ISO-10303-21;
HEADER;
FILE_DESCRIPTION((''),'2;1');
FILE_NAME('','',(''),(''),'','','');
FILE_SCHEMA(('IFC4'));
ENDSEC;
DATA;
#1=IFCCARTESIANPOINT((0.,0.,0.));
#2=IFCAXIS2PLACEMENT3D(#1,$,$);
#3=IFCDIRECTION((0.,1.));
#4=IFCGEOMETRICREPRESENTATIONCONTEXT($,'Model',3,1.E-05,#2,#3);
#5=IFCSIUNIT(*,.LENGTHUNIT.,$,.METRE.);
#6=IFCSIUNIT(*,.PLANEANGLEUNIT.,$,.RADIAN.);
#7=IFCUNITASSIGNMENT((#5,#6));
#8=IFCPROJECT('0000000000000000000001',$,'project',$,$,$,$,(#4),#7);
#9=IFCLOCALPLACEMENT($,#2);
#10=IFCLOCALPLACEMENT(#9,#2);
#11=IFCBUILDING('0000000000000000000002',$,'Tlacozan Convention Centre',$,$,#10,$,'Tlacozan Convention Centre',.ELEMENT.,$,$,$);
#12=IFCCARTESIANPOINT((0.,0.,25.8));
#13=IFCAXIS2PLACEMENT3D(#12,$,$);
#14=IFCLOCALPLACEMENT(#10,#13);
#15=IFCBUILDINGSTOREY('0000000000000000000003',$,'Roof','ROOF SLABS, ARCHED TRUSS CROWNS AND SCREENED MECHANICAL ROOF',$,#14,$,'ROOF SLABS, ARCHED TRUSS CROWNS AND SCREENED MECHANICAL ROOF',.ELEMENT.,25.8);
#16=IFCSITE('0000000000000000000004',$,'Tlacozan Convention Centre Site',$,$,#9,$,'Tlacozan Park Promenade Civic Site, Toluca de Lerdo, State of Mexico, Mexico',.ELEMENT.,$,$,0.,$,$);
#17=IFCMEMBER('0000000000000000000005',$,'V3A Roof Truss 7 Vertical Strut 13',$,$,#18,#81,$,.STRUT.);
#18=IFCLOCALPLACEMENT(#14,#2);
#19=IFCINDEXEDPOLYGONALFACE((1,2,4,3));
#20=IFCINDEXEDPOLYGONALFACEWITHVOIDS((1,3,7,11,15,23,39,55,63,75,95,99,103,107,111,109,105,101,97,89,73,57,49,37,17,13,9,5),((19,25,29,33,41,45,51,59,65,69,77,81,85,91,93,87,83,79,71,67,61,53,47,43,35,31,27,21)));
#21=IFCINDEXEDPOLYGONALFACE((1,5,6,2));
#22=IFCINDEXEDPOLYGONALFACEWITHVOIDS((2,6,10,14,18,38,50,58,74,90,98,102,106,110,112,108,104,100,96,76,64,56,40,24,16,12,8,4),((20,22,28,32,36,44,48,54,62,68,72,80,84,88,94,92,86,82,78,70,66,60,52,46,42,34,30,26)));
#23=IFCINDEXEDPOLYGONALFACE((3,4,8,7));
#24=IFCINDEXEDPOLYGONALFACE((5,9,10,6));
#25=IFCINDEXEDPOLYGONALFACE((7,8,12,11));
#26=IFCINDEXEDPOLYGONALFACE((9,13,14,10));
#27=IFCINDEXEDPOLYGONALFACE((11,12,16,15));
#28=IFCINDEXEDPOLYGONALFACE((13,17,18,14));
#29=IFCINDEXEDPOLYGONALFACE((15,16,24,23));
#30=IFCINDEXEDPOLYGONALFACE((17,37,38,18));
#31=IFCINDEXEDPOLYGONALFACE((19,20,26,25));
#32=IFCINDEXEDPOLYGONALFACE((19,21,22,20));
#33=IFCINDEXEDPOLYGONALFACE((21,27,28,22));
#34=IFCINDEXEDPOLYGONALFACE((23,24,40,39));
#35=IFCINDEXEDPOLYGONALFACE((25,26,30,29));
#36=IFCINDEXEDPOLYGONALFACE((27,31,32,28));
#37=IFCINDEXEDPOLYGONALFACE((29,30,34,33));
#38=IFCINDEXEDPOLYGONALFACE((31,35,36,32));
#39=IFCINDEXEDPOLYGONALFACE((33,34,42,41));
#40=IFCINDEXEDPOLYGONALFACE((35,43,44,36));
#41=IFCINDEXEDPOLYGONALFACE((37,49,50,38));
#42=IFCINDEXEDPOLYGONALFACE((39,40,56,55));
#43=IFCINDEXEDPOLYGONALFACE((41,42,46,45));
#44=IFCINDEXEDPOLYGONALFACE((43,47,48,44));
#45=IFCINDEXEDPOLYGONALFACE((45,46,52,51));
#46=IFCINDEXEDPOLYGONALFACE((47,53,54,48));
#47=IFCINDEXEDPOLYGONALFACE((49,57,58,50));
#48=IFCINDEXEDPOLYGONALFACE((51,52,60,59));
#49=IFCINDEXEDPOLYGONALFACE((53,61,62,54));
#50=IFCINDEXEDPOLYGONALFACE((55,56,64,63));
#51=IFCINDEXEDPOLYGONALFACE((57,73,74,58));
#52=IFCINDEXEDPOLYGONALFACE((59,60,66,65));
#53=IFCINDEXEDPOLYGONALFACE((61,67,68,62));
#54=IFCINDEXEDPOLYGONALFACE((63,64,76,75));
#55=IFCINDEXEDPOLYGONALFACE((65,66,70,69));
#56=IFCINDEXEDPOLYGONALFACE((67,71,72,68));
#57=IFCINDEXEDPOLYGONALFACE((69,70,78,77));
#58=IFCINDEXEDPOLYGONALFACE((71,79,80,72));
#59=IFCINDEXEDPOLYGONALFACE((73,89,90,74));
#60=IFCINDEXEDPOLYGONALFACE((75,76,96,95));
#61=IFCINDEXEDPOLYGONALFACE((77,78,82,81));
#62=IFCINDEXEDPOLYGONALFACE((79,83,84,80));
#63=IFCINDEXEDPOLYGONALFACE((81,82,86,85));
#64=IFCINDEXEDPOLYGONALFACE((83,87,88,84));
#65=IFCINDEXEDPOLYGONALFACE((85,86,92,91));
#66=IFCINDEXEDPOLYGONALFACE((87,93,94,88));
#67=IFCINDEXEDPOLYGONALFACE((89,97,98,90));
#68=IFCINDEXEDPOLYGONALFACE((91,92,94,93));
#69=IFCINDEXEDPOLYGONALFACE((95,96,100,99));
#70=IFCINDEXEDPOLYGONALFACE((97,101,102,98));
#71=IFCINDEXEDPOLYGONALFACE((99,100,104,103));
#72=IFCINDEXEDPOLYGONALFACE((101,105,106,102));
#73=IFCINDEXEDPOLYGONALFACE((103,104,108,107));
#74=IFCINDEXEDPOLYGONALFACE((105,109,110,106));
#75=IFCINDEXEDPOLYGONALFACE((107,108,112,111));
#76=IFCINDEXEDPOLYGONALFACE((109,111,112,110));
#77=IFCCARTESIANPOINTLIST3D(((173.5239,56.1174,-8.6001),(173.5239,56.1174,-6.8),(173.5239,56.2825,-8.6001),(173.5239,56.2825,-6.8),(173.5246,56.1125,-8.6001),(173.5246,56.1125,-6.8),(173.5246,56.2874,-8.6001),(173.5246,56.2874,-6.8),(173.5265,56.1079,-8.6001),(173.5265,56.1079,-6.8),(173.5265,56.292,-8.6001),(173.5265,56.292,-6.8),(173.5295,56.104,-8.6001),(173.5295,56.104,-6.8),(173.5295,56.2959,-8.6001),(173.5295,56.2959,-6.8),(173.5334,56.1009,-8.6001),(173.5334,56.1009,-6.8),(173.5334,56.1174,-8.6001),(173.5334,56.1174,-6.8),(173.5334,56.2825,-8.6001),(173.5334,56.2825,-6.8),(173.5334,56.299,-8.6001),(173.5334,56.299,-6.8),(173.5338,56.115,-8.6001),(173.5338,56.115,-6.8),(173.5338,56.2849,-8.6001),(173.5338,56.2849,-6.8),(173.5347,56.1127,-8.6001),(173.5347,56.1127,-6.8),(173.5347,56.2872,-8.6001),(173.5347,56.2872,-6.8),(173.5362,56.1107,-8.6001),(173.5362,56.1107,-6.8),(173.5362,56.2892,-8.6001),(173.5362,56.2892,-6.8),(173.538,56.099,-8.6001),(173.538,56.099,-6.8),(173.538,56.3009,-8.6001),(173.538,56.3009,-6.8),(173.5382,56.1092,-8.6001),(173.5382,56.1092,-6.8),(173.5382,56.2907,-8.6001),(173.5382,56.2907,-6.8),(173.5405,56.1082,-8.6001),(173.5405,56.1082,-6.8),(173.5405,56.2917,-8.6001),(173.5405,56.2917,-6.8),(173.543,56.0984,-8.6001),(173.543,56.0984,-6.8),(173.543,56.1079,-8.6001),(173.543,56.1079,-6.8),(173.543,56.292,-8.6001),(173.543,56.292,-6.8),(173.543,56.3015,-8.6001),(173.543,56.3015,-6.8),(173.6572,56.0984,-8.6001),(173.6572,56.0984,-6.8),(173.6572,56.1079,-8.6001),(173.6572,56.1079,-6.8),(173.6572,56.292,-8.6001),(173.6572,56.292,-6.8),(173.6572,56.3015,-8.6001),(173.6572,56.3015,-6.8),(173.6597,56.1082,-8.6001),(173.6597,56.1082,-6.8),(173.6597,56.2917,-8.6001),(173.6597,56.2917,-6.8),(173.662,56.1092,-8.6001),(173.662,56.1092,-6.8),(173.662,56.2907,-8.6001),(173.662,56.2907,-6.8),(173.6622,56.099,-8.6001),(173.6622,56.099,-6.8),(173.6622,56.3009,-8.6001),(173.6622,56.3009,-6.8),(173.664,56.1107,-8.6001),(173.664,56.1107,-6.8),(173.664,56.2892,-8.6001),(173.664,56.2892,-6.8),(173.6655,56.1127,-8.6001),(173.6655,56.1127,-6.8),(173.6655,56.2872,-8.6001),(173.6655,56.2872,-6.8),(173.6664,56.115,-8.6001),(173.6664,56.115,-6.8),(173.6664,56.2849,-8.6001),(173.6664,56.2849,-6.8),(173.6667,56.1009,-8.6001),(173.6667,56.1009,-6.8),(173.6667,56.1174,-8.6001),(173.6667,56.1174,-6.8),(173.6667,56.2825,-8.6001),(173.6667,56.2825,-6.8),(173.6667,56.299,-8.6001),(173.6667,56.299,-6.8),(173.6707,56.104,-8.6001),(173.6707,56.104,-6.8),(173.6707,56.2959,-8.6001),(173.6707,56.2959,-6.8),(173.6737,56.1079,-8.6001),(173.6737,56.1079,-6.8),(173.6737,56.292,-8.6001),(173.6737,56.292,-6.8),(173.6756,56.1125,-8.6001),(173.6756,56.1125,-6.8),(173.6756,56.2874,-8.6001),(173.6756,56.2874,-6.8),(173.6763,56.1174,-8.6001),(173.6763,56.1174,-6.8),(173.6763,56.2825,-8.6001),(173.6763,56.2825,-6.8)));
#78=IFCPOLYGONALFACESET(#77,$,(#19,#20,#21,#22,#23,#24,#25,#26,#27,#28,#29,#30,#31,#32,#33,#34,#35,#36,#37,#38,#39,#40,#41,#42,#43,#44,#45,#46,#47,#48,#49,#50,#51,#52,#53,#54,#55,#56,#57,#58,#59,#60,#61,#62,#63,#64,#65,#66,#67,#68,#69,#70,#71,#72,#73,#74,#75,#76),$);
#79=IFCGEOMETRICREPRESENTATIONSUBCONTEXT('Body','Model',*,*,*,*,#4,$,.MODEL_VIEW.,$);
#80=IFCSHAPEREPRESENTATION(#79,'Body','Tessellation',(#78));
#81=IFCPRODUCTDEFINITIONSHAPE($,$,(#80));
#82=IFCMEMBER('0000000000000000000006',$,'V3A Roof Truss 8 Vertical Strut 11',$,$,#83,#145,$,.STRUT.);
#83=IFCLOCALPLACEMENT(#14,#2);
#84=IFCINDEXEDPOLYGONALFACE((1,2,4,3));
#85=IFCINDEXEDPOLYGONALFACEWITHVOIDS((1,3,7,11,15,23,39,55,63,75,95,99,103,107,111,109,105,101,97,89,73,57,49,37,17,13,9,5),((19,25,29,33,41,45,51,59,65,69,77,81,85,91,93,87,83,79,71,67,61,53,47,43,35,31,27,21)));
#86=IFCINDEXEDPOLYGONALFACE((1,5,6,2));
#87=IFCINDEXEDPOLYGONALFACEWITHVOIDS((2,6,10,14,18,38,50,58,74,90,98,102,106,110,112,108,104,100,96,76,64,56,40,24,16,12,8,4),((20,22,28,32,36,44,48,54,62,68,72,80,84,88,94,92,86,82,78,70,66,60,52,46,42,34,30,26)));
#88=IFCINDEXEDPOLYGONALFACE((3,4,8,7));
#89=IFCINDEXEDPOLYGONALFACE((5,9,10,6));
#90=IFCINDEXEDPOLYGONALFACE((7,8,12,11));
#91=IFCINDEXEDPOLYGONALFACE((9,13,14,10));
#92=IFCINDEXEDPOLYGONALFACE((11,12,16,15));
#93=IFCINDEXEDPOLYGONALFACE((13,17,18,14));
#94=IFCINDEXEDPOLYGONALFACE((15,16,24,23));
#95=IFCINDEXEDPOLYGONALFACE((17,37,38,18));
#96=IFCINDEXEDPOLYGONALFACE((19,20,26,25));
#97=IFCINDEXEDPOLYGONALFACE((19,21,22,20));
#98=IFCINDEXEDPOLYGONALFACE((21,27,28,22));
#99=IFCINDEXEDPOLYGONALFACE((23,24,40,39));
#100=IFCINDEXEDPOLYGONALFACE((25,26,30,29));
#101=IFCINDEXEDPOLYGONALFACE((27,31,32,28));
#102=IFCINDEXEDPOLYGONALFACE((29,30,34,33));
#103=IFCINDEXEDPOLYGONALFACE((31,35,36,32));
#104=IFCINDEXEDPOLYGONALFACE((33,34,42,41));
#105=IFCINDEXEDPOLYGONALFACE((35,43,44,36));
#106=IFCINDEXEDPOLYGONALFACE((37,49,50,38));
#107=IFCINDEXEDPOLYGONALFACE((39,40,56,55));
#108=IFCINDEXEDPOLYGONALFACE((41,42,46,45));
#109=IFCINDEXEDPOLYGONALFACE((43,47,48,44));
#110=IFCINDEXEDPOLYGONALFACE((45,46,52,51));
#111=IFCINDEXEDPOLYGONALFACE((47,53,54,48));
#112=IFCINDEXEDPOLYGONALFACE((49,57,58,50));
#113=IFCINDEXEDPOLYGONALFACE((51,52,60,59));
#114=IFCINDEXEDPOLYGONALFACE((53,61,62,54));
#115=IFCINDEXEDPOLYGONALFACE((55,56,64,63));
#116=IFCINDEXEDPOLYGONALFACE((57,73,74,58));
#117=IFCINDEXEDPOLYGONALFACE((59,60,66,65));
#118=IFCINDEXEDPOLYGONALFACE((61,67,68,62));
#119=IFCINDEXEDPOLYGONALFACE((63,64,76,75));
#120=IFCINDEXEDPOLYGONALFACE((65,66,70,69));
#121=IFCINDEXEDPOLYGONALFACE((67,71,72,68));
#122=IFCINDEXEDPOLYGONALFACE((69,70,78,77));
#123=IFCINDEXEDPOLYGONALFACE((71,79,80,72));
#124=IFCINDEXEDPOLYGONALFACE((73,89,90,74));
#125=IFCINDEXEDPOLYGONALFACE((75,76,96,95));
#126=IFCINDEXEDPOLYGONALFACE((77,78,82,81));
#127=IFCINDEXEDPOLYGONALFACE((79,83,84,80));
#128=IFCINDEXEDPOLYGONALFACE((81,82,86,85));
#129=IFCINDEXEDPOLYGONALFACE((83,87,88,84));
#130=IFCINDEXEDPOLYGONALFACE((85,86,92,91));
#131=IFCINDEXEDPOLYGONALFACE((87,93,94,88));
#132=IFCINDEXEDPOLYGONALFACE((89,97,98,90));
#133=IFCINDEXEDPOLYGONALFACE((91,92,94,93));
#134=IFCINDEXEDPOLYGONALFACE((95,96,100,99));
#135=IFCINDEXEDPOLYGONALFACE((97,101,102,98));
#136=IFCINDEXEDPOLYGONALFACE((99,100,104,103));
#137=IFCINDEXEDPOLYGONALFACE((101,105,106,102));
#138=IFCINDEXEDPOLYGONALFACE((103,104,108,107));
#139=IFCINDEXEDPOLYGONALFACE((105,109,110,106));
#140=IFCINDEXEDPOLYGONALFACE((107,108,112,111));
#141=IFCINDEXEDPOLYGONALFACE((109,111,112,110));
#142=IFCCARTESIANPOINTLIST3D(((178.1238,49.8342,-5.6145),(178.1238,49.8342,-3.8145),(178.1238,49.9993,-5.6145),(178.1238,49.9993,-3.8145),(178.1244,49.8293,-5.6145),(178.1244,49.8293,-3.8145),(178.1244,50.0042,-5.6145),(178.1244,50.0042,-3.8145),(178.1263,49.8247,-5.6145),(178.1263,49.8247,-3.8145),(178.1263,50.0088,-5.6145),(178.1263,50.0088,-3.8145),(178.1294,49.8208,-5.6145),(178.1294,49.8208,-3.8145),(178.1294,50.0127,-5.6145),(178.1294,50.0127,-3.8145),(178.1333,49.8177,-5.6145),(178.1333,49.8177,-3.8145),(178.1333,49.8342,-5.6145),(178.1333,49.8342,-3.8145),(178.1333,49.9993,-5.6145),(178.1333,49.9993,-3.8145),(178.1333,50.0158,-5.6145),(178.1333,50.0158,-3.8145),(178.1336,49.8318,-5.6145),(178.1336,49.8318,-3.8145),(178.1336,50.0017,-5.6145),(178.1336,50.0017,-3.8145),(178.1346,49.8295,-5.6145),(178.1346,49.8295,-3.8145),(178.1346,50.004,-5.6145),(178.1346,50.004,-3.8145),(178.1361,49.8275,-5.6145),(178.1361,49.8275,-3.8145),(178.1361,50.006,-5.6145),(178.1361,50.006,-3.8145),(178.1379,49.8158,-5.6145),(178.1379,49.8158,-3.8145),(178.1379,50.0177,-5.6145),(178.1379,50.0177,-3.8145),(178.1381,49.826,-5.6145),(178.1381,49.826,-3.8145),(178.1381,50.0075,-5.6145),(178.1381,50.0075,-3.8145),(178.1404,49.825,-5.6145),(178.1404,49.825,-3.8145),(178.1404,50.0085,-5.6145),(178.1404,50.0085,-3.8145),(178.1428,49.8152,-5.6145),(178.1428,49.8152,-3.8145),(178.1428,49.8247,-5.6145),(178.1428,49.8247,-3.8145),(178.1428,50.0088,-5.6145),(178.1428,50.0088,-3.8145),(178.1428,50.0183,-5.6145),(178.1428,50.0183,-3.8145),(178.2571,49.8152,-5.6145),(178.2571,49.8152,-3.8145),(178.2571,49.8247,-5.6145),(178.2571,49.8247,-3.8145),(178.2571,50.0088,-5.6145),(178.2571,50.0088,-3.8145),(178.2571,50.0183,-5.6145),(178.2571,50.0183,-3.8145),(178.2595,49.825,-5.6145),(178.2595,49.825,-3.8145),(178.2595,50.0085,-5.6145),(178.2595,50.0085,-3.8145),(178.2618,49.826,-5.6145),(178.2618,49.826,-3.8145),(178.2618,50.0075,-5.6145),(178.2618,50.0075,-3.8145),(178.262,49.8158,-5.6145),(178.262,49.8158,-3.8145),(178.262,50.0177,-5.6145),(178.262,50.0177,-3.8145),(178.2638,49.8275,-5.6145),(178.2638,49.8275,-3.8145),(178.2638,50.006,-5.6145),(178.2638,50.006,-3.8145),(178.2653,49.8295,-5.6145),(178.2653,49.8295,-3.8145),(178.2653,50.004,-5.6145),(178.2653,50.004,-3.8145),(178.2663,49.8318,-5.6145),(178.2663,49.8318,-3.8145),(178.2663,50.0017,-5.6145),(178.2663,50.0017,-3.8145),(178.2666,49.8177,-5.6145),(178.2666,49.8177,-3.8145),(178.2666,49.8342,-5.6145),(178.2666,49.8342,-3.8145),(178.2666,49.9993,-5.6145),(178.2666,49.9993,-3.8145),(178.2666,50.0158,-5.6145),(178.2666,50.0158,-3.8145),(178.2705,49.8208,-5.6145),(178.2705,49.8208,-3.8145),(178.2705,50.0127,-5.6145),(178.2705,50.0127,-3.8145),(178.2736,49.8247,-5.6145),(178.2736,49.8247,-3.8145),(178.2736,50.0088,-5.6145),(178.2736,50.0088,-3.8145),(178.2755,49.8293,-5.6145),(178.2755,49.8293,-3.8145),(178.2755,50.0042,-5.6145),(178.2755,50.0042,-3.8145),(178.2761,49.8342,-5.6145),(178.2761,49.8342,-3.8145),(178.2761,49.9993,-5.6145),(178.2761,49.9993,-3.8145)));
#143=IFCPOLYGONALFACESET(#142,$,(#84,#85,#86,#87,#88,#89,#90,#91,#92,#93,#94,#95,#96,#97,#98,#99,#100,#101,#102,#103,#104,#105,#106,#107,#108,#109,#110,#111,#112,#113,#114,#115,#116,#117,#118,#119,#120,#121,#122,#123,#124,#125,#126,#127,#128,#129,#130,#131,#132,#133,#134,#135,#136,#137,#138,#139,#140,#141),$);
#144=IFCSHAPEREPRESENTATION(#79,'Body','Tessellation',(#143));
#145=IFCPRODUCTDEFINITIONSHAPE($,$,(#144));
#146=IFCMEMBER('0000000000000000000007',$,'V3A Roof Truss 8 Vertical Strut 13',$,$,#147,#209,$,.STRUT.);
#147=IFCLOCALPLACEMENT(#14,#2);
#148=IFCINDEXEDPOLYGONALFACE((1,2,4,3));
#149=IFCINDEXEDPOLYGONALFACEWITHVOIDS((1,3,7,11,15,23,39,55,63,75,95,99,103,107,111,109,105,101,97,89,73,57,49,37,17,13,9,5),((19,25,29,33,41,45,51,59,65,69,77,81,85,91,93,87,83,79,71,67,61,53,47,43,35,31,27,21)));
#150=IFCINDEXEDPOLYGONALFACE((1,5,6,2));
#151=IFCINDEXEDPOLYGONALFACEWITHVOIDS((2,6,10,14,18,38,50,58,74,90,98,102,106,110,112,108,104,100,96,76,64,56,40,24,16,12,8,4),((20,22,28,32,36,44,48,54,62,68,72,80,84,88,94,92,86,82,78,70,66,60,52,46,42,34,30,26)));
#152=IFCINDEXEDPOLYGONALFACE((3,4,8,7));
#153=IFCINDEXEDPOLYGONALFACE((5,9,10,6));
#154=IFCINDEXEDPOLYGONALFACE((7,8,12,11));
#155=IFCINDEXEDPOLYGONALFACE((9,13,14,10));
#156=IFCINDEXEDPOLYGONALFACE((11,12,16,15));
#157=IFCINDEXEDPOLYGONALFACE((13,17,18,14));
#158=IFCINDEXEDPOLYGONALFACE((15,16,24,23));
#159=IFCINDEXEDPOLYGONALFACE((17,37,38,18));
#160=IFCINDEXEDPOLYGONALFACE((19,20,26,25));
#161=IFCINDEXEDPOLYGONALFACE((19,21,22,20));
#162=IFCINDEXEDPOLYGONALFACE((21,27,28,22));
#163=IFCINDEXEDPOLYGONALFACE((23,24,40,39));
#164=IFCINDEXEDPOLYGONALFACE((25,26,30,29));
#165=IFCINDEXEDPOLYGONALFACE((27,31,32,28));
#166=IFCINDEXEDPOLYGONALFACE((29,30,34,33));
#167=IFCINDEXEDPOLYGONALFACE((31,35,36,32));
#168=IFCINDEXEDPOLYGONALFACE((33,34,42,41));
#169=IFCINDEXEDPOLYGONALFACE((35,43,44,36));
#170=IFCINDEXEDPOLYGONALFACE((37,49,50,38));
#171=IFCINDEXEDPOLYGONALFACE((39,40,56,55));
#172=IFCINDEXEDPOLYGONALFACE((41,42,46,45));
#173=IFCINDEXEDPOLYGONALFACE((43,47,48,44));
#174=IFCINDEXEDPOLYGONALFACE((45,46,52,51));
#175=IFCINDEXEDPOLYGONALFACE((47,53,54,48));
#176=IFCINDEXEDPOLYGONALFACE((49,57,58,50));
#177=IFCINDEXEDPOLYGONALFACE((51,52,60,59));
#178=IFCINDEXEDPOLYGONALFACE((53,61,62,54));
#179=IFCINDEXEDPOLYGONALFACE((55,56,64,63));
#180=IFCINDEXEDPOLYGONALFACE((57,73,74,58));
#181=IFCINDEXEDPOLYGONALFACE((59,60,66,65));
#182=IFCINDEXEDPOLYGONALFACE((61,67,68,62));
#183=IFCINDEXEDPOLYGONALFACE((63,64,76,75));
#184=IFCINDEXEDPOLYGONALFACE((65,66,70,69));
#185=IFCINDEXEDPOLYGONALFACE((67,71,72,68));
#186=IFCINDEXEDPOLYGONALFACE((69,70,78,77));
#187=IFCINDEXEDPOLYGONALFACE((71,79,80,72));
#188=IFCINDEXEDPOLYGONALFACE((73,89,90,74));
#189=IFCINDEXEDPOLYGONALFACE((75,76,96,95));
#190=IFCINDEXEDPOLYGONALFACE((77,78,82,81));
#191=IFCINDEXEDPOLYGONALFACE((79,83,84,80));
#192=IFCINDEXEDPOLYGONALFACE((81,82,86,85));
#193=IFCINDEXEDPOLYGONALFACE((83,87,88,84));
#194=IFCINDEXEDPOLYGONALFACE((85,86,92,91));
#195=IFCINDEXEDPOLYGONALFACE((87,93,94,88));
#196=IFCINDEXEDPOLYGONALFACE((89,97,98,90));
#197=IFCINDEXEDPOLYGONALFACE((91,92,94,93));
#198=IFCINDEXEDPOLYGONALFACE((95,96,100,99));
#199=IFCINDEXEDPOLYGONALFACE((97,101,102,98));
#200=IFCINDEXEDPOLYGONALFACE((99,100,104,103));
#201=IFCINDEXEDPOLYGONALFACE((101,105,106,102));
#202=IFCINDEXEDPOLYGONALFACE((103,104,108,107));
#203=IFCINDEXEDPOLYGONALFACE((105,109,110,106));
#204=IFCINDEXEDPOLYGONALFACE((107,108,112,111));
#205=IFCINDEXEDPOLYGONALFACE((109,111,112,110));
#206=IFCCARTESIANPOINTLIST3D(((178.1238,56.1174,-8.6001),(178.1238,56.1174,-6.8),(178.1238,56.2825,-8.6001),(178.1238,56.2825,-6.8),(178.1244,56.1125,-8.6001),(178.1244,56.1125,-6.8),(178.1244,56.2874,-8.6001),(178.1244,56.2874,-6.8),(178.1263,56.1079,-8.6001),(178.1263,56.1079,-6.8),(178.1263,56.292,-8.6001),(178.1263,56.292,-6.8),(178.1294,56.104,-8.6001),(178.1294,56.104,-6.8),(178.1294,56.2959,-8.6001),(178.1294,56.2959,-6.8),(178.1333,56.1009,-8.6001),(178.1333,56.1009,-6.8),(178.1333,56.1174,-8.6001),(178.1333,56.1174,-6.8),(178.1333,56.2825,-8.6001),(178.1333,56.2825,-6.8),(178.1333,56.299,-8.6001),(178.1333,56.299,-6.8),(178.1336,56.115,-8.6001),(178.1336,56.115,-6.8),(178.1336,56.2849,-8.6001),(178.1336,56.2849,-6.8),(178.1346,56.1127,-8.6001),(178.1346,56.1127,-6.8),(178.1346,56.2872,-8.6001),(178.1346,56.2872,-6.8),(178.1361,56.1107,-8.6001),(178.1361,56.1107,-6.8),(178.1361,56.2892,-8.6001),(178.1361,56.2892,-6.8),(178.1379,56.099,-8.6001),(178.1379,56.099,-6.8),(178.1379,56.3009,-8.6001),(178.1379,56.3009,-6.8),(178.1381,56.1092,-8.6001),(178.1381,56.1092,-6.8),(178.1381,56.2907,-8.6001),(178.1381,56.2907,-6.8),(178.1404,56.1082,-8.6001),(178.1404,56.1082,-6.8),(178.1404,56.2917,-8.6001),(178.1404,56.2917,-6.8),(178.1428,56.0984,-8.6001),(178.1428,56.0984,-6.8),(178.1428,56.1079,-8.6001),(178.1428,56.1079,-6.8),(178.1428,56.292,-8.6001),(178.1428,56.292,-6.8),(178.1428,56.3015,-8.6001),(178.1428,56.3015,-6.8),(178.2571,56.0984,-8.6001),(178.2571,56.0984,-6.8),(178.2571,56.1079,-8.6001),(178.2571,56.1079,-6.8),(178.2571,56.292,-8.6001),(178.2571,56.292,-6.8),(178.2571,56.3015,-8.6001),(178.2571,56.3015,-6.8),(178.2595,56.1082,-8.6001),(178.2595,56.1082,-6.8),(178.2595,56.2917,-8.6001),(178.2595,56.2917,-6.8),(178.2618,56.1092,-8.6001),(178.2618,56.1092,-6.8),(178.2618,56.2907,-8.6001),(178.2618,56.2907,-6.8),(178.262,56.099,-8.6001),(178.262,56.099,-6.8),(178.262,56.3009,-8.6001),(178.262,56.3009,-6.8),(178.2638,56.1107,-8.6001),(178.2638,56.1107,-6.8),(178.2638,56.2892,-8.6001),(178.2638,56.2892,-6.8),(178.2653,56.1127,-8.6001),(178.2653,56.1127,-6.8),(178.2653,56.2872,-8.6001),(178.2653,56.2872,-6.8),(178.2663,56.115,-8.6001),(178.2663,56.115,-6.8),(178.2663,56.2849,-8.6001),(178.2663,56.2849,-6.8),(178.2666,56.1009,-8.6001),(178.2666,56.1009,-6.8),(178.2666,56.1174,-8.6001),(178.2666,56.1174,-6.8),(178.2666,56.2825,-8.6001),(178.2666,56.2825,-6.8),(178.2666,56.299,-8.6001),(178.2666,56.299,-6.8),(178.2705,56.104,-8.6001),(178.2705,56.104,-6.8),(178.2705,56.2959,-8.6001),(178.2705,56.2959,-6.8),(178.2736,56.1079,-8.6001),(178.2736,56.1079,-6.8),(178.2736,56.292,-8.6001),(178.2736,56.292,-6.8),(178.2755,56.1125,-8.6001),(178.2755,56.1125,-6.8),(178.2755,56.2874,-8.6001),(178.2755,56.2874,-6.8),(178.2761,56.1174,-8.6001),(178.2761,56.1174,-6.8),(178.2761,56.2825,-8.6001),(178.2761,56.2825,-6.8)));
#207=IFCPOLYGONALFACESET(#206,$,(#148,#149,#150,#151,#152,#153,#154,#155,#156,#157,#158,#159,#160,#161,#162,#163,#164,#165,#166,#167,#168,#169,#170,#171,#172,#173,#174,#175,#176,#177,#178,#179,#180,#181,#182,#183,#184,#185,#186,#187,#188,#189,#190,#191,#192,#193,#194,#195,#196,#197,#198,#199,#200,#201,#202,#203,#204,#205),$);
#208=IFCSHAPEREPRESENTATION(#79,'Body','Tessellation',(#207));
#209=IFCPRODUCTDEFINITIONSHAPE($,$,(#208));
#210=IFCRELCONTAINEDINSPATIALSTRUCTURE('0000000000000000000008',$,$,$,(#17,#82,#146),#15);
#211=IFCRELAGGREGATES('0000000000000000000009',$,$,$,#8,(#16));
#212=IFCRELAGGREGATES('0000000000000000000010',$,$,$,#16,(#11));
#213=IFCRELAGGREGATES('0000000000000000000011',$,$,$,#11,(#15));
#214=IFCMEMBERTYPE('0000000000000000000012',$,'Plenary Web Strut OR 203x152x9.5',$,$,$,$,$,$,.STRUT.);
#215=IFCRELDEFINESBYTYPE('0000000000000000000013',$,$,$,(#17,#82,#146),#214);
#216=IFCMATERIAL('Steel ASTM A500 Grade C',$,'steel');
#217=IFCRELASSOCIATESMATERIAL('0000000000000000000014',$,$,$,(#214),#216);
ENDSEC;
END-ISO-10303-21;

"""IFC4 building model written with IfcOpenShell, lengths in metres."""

from ifc_helpers import new_model, si_unit, direction, frame, origin, origin_2d, place, context, subcontext, project, spatial, hollow_rectangle, extrude, material, material_profile, profile_set, type_object, element, save


model = new_model("IFC4")

# Units and contexts
model_context = context("Model", 3, precision=1e-05, world=origin(), true_north=direction((0.0, 1.0)))
body_context = subcontext(model_context, "Body", "Model", "MODEL_VIEW")
ifc_project = project(units=[si_unit("LENGTHUNIT", "METRE"), si_unit("PLANEANGLEUNIT", "RADIAN")], contexts=[model_context])

# Site, building, storey
site_placement = place(None, origin())
site = spatial("IfcSite", under=ifc_project, at=site_placement, Name="Tlacozan Convention Centre Site", LongName="Tlacozan Park Promenade Civic Site, Toluca de Lerdo, State of Mexico, Mexico", CompositionType="ELEMENT", RefElevation=0.0)
building_placement = place(site_placement, origin())
building = spatial("IfcBuilding", under=site, at=building_placement, Name="Tlacozan Convention Centre", LongName="Tlacozan Convention Centre", CompositionType="ELEMENT")
storey_placement = place(building_placement, frame((0.0, 0.0, 25.8)))
storey = spatial("IfcBuildingStorey", under=building, at=storey_placement, Name="Roof", Description="ROOF SLABS, ARCHED TRUSS CROWNS AND SCREENED MECHANICAL ROOF", LongName="ROOF SLABS, ARCHED TRUSS CROWNS AND SCREENED MECHANICAL ROOF", CompositionType="ELEMENT", Elevation=25.8)

# Members
ifc_material_1 = material(Name="Steel ASTM A500 Grade C", Category="steel")
ifc_material_profile_1 = material_profile(ifc_material_1, hollow_rectangle(XDim=0.1523, YDim=0.2031, WallThickness=0.0095, InnerFilletRadius=0.0095, OuterFilletRadius=0.019, at=origin_2d()), Name="OR 203x152x9.5")
ifc_profile_set_1 = profile_set([ifc_material_profile_1], Name="Steel ASTM A500 Grade C")
member_type_1 = type_object("IfcMemberType", Name="Plenary Web Strut OR 203x152x9.5", PredefinedType="STRUT", material=ifc_profile_set_1)
for number, where, z_axis, x_axis, name in (
    (1, (173.6001, 56.2, -8.6001), (0.0, 0.0, 1.0), (1.0, 0.0, 0.0), "V3A Roof Truss 7 Vertical Strut 13"),
    (2, (178.2, 49.9167, -5.6145), (0.0, 0.0, 1.0), (1.0, 0.0, 0.0), "V3A Roof Truss 8 Vertical Strut 11"),
    (3, (178.2, 56.2, -8.6001), (0.0, 0.0, 1.0), (1.0, 0.0, 0.0), "V3A Roof Truss 8 Vertical Strut 13"),
):
    element("IfcMember", number, at=place(storey_placement, frame(where, z_axis=z_axis, x_axis=x_axis)), inside=storey, type_object=member_type_1, Name=name, PredefinedType="STRUT", context=body_context, shape_type="SweptSolid", body=[
        extrude(hollow_rectangle(XDim=0.1523, YDim=0.2031, WallThickness=0.0095, InnerFilletRadius=0.0095, OuterFilletRadius=0.019, at=origin_2d()), origin(), (0.0, 0.0, 1.0), 1.8),
    ])

save(model, "model.ifc")
